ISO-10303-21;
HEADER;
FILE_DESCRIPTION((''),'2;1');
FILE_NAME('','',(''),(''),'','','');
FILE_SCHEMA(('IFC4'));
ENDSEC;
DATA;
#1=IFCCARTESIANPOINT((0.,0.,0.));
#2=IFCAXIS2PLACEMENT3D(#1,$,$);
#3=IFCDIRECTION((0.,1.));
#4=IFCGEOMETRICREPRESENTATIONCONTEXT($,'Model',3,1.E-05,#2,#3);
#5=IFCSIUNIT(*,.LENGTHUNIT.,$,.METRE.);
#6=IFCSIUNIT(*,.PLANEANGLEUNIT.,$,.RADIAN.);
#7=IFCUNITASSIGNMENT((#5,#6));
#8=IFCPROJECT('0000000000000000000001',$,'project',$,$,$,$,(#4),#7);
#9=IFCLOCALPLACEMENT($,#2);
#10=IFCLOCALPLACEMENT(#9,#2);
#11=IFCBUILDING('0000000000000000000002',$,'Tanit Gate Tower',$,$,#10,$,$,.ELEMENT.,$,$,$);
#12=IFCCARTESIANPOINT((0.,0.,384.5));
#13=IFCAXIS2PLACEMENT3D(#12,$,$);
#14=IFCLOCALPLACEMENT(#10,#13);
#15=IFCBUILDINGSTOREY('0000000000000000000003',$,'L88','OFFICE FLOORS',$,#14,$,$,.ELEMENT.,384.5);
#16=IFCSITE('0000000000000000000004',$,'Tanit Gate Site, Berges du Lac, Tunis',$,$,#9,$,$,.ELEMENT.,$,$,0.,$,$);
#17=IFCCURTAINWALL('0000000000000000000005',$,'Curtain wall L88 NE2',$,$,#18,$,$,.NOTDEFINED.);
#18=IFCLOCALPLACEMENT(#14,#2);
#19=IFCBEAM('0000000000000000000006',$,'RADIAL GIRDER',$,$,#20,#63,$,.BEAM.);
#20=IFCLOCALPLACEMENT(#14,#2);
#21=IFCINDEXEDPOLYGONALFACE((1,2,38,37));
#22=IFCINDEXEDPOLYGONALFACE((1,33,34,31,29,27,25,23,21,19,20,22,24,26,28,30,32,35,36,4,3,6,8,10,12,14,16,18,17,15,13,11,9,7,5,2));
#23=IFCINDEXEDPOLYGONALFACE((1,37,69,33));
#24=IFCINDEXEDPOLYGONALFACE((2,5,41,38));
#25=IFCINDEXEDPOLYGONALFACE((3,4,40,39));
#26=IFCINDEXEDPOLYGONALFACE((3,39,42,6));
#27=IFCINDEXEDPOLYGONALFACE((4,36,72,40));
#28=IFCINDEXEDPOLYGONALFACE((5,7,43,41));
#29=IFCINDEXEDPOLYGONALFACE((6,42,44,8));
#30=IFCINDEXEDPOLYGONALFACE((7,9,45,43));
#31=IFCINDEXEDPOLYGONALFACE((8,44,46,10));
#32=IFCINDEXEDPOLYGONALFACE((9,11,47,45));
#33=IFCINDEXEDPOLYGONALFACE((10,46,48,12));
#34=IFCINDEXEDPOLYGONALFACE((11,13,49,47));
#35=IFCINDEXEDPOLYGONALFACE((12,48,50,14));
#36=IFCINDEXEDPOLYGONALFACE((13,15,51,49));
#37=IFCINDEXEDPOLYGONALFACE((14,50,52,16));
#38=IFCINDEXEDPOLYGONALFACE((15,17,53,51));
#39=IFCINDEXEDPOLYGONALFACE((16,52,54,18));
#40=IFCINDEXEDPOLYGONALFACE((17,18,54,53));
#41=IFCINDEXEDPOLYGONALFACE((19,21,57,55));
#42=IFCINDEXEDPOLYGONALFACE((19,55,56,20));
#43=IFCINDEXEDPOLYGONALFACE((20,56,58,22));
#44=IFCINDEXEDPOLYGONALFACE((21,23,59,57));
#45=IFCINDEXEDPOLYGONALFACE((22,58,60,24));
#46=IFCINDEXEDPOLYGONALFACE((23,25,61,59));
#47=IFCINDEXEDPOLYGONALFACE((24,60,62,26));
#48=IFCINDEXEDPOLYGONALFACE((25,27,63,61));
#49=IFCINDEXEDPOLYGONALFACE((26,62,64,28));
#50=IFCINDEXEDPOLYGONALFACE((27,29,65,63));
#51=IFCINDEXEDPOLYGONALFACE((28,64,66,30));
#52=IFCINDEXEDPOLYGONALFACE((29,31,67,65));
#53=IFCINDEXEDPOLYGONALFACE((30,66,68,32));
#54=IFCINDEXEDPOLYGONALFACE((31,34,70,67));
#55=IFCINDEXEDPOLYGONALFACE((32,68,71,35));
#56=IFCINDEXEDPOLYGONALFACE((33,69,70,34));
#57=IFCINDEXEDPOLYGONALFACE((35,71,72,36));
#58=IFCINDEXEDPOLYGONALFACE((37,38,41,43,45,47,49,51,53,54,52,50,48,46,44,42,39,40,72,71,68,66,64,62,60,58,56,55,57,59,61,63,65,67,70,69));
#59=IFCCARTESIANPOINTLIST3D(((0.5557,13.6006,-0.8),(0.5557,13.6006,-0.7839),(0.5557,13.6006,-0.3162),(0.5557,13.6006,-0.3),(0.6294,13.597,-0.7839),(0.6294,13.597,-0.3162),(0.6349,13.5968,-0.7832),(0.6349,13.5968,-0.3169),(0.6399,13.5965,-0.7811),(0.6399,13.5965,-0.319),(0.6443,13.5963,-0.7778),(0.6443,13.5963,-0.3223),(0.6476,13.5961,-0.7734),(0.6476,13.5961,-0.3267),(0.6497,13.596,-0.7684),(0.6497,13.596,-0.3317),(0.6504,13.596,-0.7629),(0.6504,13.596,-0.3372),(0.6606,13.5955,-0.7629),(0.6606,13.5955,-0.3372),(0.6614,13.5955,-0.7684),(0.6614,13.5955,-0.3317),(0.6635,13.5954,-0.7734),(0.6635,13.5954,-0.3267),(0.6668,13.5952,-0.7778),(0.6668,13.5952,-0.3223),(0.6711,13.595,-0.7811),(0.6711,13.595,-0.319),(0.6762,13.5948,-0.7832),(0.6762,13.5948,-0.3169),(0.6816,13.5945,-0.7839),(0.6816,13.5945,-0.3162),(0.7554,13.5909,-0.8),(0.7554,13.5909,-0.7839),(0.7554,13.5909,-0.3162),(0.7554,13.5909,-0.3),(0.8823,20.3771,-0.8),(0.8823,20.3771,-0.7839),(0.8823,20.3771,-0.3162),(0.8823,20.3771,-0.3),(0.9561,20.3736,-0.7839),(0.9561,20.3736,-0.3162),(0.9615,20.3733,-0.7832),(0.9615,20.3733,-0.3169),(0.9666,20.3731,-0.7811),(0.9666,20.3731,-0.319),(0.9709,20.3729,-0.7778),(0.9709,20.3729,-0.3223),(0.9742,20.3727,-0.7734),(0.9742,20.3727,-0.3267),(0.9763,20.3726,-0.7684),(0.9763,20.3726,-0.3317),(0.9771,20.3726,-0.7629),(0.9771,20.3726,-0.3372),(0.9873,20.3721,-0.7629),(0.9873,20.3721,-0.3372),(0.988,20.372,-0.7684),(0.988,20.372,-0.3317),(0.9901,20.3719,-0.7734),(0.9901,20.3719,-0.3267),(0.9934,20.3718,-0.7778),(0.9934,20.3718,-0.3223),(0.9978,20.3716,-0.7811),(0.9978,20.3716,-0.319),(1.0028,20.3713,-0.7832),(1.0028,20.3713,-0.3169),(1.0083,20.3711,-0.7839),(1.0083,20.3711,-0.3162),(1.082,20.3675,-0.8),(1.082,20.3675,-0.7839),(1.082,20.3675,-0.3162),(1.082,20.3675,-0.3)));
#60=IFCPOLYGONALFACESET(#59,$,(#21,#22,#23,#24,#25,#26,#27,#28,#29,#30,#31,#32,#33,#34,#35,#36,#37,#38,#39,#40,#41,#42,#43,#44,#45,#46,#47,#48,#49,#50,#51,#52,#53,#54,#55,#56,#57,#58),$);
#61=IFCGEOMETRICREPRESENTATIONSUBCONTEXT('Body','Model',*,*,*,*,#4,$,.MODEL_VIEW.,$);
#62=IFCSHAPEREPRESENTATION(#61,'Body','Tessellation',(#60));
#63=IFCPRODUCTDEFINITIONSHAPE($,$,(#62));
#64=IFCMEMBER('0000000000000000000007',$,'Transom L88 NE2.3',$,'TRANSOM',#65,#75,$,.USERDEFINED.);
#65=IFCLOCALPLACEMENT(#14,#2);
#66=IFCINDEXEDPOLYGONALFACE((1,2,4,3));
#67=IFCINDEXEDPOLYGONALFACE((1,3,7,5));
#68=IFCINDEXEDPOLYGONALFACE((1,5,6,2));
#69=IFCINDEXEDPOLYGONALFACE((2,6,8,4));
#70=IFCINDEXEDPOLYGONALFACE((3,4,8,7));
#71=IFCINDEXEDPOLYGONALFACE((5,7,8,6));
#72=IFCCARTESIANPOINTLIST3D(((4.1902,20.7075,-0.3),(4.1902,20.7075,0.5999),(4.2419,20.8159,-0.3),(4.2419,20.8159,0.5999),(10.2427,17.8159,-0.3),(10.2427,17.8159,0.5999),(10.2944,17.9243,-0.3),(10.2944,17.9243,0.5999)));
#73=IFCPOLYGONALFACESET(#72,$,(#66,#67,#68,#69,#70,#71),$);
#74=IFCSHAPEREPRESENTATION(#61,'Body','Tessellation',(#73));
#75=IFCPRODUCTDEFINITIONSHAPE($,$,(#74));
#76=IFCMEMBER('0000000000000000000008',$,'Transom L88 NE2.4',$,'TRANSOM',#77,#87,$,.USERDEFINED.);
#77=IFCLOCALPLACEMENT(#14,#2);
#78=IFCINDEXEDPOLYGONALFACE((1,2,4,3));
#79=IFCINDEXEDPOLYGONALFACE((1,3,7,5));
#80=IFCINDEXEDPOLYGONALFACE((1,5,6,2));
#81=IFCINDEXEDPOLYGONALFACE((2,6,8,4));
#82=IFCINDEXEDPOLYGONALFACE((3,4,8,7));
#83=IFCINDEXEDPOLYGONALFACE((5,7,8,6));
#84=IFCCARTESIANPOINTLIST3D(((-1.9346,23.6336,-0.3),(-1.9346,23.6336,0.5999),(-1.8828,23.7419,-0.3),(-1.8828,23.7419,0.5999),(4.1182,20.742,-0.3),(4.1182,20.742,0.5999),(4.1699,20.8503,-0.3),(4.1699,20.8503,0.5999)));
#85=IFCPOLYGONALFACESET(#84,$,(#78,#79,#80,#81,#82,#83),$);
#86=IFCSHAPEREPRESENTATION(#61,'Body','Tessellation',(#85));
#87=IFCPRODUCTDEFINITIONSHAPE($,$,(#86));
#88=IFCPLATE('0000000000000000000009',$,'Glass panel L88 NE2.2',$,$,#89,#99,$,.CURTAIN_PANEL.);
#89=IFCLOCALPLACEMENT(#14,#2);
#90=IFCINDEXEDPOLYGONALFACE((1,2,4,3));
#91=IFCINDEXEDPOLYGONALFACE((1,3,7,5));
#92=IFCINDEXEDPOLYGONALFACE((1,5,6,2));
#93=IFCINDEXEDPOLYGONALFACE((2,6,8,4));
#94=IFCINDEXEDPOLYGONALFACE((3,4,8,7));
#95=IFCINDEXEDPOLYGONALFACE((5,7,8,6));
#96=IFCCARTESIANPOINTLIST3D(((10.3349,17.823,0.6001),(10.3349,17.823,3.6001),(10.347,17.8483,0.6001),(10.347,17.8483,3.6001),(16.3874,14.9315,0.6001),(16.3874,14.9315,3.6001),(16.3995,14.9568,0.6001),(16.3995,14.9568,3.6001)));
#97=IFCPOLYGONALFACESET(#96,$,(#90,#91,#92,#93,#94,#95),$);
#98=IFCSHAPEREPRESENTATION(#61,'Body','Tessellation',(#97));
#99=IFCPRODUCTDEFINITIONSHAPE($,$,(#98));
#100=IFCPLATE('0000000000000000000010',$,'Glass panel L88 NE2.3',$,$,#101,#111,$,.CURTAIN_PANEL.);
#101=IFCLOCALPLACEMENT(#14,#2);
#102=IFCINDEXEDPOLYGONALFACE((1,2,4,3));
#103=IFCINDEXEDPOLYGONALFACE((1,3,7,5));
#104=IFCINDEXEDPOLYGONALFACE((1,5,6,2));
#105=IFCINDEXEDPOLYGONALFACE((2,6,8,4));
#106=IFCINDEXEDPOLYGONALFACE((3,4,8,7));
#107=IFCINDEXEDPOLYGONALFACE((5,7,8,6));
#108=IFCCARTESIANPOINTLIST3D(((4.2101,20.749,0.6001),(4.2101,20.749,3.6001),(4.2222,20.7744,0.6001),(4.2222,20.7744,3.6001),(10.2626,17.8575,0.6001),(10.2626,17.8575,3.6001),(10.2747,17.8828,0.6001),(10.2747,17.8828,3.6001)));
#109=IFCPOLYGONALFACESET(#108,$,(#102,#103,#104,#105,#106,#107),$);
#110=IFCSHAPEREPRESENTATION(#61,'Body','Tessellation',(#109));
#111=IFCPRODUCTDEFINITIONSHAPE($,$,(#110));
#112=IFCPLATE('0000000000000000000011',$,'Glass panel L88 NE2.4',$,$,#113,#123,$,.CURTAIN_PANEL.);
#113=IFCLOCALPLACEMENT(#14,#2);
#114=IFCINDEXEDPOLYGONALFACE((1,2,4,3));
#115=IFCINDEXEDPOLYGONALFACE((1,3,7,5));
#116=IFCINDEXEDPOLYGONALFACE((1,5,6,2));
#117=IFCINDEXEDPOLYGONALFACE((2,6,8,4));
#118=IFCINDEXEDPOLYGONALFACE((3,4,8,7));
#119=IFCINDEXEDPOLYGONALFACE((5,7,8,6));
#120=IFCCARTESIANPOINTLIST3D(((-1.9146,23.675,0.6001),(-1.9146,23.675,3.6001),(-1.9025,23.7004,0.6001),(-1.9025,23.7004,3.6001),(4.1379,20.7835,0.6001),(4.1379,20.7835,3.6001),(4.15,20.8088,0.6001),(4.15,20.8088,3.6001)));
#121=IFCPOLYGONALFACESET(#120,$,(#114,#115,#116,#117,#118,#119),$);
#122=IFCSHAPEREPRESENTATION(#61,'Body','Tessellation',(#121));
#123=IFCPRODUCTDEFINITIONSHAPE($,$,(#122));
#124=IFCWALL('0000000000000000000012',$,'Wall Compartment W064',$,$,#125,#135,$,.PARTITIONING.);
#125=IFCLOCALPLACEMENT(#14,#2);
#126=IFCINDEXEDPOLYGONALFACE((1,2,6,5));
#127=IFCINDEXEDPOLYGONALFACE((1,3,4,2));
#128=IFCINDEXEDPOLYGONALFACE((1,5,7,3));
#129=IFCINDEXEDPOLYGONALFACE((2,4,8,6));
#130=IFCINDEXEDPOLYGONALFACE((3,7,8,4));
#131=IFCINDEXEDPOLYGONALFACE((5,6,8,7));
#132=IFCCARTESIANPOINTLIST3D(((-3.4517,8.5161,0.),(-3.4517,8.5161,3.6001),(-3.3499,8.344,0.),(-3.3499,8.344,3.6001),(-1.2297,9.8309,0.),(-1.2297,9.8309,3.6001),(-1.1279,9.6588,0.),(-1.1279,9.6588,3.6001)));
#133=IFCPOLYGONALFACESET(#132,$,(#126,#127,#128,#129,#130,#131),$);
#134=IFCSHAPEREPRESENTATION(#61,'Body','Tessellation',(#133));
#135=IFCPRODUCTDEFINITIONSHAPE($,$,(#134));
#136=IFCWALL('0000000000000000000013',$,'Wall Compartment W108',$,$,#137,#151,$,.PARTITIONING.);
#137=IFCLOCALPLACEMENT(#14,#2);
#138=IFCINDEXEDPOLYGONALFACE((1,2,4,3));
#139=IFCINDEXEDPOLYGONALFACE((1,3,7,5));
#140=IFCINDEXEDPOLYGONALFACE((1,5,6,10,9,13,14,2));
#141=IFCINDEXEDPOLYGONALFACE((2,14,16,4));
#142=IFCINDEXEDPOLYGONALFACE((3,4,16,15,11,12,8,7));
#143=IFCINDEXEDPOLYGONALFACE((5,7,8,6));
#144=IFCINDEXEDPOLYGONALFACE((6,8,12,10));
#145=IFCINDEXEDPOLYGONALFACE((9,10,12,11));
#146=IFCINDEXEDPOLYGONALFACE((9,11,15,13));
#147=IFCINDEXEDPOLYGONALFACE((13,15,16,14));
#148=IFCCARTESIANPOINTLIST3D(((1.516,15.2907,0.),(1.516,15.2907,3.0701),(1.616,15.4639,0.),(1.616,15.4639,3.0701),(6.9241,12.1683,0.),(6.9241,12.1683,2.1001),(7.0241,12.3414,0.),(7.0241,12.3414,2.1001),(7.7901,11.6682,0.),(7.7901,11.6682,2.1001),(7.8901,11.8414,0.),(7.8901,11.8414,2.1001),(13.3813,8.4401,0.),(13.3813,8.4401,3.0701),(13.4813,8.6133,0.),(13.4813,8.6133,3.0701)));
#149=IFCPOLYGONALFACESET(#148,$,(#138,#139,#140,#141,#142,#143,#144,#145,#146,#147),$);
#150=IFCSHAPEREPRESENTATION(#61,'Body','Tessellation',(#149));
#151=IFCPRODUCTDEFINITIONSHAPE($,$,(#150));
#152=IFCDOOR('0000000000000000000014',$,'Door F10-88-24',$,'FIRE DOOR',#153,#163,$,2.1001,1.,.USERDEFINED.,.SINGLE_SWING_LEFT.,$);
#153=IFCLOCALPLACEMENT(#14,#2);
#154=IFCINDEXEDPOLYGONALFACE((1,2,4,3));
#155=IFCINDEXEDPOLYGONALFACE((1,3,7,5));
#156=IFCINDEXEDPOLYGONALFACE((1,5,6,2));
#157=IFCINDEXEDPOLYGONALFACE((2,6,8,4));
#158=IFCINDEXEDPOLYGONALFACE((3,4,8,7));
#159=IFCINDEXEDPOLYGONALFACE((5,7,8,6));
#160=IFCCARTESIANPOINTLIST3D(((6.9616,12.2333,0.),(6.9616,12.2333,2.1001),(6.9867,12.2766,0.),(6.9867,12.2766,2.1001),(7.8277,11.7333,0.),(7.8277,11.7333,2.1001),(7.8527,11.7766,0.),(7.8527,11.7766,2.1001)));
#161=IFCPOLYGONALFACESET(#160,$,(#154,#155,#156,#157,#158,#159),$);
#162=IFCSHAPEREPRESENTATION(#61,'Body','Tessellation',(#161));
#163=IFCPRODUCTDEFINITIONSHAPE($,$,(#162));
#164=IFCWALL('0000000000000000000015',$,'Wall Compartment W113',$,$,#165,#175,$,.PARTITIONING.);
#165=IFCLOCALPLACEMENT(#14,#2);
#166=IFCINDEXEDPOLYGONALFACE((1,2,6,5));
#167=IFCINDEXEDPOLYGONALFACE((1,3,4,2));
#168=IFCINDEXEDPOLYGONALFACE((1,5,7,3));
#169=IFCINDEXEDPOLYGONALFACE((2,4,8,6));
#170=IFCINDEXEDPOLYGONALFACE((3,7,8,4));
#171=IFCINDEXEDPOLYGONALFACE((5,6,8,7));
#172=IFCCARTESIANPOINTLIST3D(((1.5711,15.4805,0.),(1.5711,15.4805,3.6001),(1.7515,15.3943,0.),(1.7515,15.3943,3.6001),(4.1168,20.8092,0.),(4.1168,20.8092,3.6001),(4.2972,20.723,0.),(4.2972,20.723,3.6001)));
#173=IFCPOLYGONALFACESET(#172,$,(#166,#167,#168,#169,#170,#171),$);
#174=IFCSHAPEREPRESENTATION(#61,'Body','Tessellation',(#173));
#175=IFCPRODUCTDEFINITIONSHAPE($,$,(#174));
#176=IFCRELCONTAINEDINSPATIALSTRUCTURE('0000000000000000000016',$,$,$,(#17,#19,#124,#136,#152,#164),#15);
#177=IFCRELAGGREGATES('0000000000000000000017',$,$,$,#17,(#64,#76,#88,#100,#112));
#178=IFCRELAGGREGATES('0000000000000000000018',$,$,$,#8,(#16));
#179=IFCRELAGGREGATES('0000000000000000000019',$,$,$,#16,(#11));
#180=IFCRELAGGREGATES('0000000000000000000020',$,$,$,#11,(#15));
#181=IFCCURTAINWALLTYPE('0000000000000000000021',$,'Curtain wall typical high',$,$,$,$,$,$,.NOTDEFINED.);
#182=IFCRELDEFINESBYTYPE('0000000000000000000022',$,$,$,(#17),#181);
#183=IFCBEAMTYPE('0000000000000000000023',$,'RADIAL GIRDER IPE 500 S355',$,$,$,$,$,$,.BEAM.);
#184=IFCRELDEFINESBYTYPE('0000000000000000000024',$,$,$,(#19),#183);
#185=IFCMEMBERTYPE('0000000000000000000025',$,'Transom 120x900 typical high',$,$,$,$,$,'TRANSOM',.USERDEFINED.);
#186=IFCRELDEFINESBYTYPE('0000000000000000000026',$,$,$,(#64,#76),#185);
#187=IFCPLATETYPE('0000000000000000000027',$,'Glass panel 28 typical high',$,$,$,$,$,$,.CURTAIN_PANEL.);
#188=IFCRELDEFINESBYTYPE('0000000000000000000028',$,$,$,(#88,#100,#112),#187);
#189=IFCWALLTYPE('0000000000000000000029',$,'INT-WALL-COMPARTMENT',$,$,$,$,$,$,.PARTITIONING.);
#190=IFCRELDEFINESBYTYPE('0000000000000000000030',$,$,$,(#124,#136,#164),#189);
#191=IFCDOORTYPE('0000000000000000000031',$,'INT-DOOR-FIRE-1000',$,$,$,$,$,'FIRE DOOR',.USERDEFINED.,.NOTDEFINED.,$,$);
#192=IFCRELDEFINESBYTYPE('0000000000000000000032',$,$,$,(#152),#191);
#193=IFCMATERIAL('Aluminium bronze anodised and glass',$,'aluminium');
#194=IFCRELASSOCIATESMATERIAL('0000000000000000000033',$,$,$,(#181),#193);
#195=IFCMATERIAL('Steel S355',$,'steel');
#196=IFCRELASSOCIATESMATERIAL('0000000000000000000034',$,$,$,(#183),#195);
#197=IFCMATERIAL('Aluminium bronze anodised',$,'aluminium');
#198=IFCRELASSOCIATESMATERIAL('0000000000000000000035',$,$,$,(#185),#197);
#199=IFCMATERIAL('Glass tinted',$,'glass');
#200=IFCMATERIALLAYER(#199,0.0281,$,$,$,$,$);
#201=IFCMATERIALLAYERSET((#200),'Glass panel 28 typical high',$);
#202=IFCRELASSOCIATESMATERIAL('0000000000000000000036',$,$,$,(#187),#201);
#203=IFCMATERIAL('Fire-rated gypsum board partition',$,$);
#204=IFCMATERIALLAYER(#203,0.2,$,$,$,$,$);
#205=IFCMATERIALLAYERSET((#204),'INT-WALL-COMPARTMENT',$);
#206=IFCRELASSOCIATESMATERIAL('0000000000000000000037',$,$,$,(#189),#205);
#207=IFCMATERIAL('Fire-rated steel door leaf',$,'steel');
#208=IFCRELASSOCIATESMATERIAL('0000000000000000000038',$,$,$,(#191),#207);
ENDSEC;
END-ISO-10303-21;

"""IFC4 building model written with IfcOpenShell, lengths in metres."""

from ifc_helpers import new_model, si_unit, direction, frame, frame_2d, origin, origin_2d, place, context, subcontext, project, spatial, rectangle, i_section, extrude, material, layer, layer_set, material_profile, profile_set, type_object, element, fill, aggregate, save


model = new_model("IFC4")

# Units and contexts
model_context = context("Model", 3, precision=1e-05, world=origin(), true_north=direction((0.0, 1.0)))
body_context = subcontext(model_context, "Body", "Model", "MODEL_VIEW")
ifc_project = project(units=[si_unit("LENGTHUNIT", "METRE"), si_unit("PLANEANGLEUNIT", "RADIAN")], contexts=[model_context])

# Site, building, storey
site_placement = place(None, origin())
site = spatial("IfcSite", under=ifc_project, at=site_placement, Name="Tanit Gate Site, Berges du Lac, Tunis", CompositionType="ELEMENT", RefElevation=0.0)
building_placement = place(site_placement, origin())
building = spatial("IfcBuilding", under=site, at=building_placement, Name="Tanit Gate Tower", CompositionType="ELEMENT")
storey_placement = place(building_placement, frame((0.0, 0.0, 384.5)))
storey = spatial("IfcBuildingStorey", under=building, at=storey_placement, Name="L88", Description="OFFICE FLOORS", CompositionType="ELEMENT", Elevation=384.5)

# Curtain wall
ifc_material_1 = material(Name="Aluminium bronze anodised and glass", Category="aluminium")
curtain_wall_type = type_object("IfcCurtainWallType", Name="Curtain wall typical high", PredefinedType="NOTDEFINED", material=ifc_material_1)
curtain_wall_placement = place(storey_placement, origin())
curtain_wall = element("IfcCurtainWall", 1, at=curtain_wall_placement, inside=storey, type_object=curtain_wall_type, Name="Curtain wall L88 NE2", PredefinedType="NOTDEFINED")

# Beam
ifc_material_2 = material(Name="Steel S355", Category="steel")
ifc_material_profile_1 = material_profile(ifc_material_2, i_section(OverallWidth=0.2, OverallDepth=0.5, WebThickness=0.0103, FlangeThickness=0.0161, FilletRadius=0.021, at=origin_2d()), Name="IPE 500")
ifc_profile_set_1 = profile_set([ifc_material_profile_1], Name="Steel S355")
beam_type = type_object("IfcBeamType", Name="RADIAL GIRDER IPE 500 S355", PredefinedType="BEAM", material=ifc_profile_set_1)
beam_1_placement = place(storey_placement, frame((0.9822, 20.3723, -0.55), z_axis=(-0.048148, -0.99884, 0.0), x_axis=(0.99884, -0.048148, 0.0)))
element("IfcBeam", 2, at=beam_1_placement, inside=storey, type_object=beam_type, Name="RADIAL GIRDER", PredefinedType="BEAM", context=body_context, shape_type="SweptSolid", body=[
    extrude(i_section(OverallWidth=0.2, OverallDepth=0.5, WebThickness=0.0103, FlangeThickness=0.0161, FilletRadius=0.021, at=origin_2d()), origin(), (0.0, 0.0, 1.0), 6.7844),
])

# Members
ifc_material_3 = material(Name="Aluminium bronze anodised", Category="aluminium")
ifc_material_profile_2 = material_profile(ifc_material_3, rectangle(XDim=0.1201, YDim=0.8999, at=origin_2d()), Name="120x900 bronze transom")
ifc_profile_set_2 = profile_set([ifc_material_profile_2], Name="Aluminium bronze anodised")
member_type_1 = type_object("IfcMemberType", Name="Transom 120x900 typical high", ElementType="TRANSOM", PredefinedType="USERDEFINED", material=ifc_profile_set_2)
member_1_placement = place(storey_placement, frame((10.2686, 17.8701, 0.1499), z_axis=(-0.902312, 0.431083, 0.0), x_axis=(-0.431083, -0.902312, 0.0)))
member_1 = element("IfcMember", 3, at=member_1_placement, type_object=member_type_1, Name="Transom L88 NE2.3", ObjectType="TRANSOM", PredefinedType="USERDEFINED", context=body_context, shape_type="SweptSolid", body=[
    extrude(rectangle(XDim=0.1201, YDim=0.8999, at=origin_2d()), origin(), (0.0, 0.0, 1.0), 6.7078),
])
member_2_placement = place(storey_placement, frame((4.144, 20.7961, 0.1499), z_axis=(-0.902319, 0.431069, 0.0), x_axis=(-0.431069, -0.902319, 0.0)))
member_2 = element("IfcMember", 4, at=member_2_placement, type_object=member_type_1, Name="Transom L88 NE2.4", ObjectType="TRANSOM", PredefinedType="USERDEFINED", context=body_context, shape_type="SweptSolid", body=[
    extrude(rectangle(XDim=0.1201, YDim=0.8999, at=origin_2d()), origin(), (0.0, 0.0, 1.0), 6.708),
])

# Plates
ifc_material_4 = material(Name="Glass tinted", Category="glass")
ifc_layer_1 = layer(ifc_material_4, 0.0281)
ifc_layer_set_1 = layer_set([ifc_layer_1], Name="Glass panel 28 typical high")
plate_type = type_object("IfcPlateType", Name="Glass panel 28 typical high", PredefinedType="CURTAIN_PANEL", material=ifc_layer_set_1)
plate_1_placement = place(storey_placement, frame((13.3672, 16.3899, 0.6001), z_axis=(0.0, 0.0, 1.0), x_axis=(-0.902317, 0.431073, 0.0)))
plate_1 = element("IfcPlate", 5, at=plate_1_placement, type_object=plate_type, Name="Glass panel L88 NE2.2", PredefinedType="CURTAIN_PANEL", context=body_context, shape_type="SweptSolid", body=[
    extrude(rectangle(XDim=6.7078, YDim=0.0281, at=origin_2d()), origin(), (0.0, 0.0, 1.0), 3.0),
])
plate_2_placement = place(storey_placement, frame((7.2424, 19.3159, 0.6001), z_axis=(0.0, 0.0, 1.0), x_axis=(-0.902317, 0.431073, 0.0)))
plate_2 = element("IfcPlate", 6, at=plate_2_placement, type_object=plate_type, Name="Glass panel L88 NE2.3", PredefinedType="CURTAIN_PANEL", context=body_context, shape_type="SweptSolid", body=[
    extrude(rectangle(XDim=6.7078, YDim=0.0281, at=origin_2d()), origin(), (0.0, 0.0, 1.0), 3.0),
])
plate_3_placement = place(storey_placement, frame((1.1177, 22.2419, 0.6001), z_axis=(0.0, 0.0, 1.0), x_axis=(-0.902317, 0.431073, 0.0)))
plate_3 = element("IfcPlate", 7, at=plate_3_placement, type_object=plate_type, Name="Glass panel L88 NE2.4", PredefinedType="CURTAIN_PANEL", context=body_context, shape_type="SweptSolid", body=[
    extrude(rectangle(XDim=6.7078, YDim=0.0281, at=origin_2d()), origin(), (0.0, 0.0, 1.0), 3.0),
])
aggregate(curtain_wall, [member_1, member_2, plate_1, plate_2, plate_3])

# Wall
ifc_material_5 = material(Name="Fire-rated gypsum board partition")
ifc_layer_2 = layer(ifc_material_5, 0.2)
ifc_layer_set_2 = layer_set([ifc_layer_2], Name="INT-WALL-COMPARTMENT")
wall_type_1 = type_object("IfcWallType", Name="INT-WALL-COMPARTMENT", PredefinedType="PARTITIONING", material=ifc_layer_set_2)
wall_1_placement = place(storey_placement, frame((-1.1787, 9.7449, 0.0), z_axis=(0.0, 0.0, 1.0), x_axis=(-0.860631, -0.509229, 0.0)))
element("IfcWall", 8, at=wall_1_placement, inside=storey, type_object=wall_type_1, Name="Wall Compartment W064", PredefinedType="PARTITIONING", context=body_context, shape_type="SweptSolid", body=[
    extrude(rectangle(XDim=2.5818, YDim=0.2, at=frame_2d((1.291, 0.0))), origin(), (0.0, 0.0, 1.0), 3.6001),
])

# Wall, opening, door
wall_2_placement = place(storey_placement, frame((13.4314, 8.5266, 0.0), z_axis=(0.0, 0.0, 1.0), x_axis=(-0.866019, 0.50001, 0.0)))
wall_2 = element("IfcWall", 9, at=wall_2_placement, inside=storey, type_object=wall_type_1, Name="Wall Compartment W108", PredefinedType="PARTITIONING", context=body_context, shape_type="SweptSolid", body=[
    extrude(rectangle(XDim=13.7009, YDim=0.2, at=frame_2d((6.8506, 0.0))), origin(), (0.0, 0.0, 1.0), 3.0701),
])
opening_1_placement = place(wall_2_placement, frame((6.4563, 0.0, 0.0)))
opening_1 = element("IfcOpeningElement", 10, at=opening_1_placement, cuts=wall_2, PredefinedType="OPENING", context=body_context, shape_type="SweptSolid", body=[
    extrude(rectangle(XDim=1.0, YDim=2.1001, at=frame_2d((0.5, 1.05))), frame((0.0, 0.1099, 0.0), z_axis=(0.0, -1.0, 0.0), x_axis=(1.0, 0.0, 0.0)), (0.0, 0.0, 1.0), 0.22),
])
ifc_material_6 = material(Name="Fire-rated steel door leaf", Category="steel")
door_type_1 = type_object("IfcDoorType", Name="INT-DOOR-FIRE-1000", ElementType="FIRE DOOR", OperationType="NOTDEFINED", PredefinedType="USERDEFINED", material=ifc_material_6)
door_1_placement = place(opening_1_placement, origin())
door_1 = element("IfcDoor", 11, at=door_1_placement, inside=storey, type_object=door_type_1, Name="Door F10-88-24", ObjectType="FIRE DOOR", OperationType="SINGLE_SWING_LEFT", OverallHeight=2.1001, OverallWidth=1.0, PredefinedType="USERDEFINED", context=body_context, shape_type="SweptSolid", body=[
    extrude(rectangle(XDim=1.0, YDim=2.1001, at=frame_2d((0.5, 1.05))), frame((0.0, 0.0249, 0.0), z_axis=(0.0, -1.0, 0.0), x_axis=(1.0, 0.0, 0.0)), (0.0, 0.0, 1.0), 0.05),
])
fill(opening_1, door_1)

# Wall
wall_3_placement = place(storey_placement, frame((1.6614, 15.4375, 0.0), z_axis=(0.0, 0.0, 1.0), x_axis=(0.431068, 0.90232, 0.0)))
element("IfcWall", 12, at=wall_3_placement, inside=storey, type_object=wall_type_1, Name="Wall Compartment W113", PredefinedType="PARTITIONING", context=body_context, shape_type="SweptSolid", body=[
    extrude(rectangle(XDim=5.9055, YDim=0.2, at=frame_2d((2.9526, 0.0))), origin(), (0.0, 0.0, 1.0), 3.6001),
])

save(model, "model.ifc")
